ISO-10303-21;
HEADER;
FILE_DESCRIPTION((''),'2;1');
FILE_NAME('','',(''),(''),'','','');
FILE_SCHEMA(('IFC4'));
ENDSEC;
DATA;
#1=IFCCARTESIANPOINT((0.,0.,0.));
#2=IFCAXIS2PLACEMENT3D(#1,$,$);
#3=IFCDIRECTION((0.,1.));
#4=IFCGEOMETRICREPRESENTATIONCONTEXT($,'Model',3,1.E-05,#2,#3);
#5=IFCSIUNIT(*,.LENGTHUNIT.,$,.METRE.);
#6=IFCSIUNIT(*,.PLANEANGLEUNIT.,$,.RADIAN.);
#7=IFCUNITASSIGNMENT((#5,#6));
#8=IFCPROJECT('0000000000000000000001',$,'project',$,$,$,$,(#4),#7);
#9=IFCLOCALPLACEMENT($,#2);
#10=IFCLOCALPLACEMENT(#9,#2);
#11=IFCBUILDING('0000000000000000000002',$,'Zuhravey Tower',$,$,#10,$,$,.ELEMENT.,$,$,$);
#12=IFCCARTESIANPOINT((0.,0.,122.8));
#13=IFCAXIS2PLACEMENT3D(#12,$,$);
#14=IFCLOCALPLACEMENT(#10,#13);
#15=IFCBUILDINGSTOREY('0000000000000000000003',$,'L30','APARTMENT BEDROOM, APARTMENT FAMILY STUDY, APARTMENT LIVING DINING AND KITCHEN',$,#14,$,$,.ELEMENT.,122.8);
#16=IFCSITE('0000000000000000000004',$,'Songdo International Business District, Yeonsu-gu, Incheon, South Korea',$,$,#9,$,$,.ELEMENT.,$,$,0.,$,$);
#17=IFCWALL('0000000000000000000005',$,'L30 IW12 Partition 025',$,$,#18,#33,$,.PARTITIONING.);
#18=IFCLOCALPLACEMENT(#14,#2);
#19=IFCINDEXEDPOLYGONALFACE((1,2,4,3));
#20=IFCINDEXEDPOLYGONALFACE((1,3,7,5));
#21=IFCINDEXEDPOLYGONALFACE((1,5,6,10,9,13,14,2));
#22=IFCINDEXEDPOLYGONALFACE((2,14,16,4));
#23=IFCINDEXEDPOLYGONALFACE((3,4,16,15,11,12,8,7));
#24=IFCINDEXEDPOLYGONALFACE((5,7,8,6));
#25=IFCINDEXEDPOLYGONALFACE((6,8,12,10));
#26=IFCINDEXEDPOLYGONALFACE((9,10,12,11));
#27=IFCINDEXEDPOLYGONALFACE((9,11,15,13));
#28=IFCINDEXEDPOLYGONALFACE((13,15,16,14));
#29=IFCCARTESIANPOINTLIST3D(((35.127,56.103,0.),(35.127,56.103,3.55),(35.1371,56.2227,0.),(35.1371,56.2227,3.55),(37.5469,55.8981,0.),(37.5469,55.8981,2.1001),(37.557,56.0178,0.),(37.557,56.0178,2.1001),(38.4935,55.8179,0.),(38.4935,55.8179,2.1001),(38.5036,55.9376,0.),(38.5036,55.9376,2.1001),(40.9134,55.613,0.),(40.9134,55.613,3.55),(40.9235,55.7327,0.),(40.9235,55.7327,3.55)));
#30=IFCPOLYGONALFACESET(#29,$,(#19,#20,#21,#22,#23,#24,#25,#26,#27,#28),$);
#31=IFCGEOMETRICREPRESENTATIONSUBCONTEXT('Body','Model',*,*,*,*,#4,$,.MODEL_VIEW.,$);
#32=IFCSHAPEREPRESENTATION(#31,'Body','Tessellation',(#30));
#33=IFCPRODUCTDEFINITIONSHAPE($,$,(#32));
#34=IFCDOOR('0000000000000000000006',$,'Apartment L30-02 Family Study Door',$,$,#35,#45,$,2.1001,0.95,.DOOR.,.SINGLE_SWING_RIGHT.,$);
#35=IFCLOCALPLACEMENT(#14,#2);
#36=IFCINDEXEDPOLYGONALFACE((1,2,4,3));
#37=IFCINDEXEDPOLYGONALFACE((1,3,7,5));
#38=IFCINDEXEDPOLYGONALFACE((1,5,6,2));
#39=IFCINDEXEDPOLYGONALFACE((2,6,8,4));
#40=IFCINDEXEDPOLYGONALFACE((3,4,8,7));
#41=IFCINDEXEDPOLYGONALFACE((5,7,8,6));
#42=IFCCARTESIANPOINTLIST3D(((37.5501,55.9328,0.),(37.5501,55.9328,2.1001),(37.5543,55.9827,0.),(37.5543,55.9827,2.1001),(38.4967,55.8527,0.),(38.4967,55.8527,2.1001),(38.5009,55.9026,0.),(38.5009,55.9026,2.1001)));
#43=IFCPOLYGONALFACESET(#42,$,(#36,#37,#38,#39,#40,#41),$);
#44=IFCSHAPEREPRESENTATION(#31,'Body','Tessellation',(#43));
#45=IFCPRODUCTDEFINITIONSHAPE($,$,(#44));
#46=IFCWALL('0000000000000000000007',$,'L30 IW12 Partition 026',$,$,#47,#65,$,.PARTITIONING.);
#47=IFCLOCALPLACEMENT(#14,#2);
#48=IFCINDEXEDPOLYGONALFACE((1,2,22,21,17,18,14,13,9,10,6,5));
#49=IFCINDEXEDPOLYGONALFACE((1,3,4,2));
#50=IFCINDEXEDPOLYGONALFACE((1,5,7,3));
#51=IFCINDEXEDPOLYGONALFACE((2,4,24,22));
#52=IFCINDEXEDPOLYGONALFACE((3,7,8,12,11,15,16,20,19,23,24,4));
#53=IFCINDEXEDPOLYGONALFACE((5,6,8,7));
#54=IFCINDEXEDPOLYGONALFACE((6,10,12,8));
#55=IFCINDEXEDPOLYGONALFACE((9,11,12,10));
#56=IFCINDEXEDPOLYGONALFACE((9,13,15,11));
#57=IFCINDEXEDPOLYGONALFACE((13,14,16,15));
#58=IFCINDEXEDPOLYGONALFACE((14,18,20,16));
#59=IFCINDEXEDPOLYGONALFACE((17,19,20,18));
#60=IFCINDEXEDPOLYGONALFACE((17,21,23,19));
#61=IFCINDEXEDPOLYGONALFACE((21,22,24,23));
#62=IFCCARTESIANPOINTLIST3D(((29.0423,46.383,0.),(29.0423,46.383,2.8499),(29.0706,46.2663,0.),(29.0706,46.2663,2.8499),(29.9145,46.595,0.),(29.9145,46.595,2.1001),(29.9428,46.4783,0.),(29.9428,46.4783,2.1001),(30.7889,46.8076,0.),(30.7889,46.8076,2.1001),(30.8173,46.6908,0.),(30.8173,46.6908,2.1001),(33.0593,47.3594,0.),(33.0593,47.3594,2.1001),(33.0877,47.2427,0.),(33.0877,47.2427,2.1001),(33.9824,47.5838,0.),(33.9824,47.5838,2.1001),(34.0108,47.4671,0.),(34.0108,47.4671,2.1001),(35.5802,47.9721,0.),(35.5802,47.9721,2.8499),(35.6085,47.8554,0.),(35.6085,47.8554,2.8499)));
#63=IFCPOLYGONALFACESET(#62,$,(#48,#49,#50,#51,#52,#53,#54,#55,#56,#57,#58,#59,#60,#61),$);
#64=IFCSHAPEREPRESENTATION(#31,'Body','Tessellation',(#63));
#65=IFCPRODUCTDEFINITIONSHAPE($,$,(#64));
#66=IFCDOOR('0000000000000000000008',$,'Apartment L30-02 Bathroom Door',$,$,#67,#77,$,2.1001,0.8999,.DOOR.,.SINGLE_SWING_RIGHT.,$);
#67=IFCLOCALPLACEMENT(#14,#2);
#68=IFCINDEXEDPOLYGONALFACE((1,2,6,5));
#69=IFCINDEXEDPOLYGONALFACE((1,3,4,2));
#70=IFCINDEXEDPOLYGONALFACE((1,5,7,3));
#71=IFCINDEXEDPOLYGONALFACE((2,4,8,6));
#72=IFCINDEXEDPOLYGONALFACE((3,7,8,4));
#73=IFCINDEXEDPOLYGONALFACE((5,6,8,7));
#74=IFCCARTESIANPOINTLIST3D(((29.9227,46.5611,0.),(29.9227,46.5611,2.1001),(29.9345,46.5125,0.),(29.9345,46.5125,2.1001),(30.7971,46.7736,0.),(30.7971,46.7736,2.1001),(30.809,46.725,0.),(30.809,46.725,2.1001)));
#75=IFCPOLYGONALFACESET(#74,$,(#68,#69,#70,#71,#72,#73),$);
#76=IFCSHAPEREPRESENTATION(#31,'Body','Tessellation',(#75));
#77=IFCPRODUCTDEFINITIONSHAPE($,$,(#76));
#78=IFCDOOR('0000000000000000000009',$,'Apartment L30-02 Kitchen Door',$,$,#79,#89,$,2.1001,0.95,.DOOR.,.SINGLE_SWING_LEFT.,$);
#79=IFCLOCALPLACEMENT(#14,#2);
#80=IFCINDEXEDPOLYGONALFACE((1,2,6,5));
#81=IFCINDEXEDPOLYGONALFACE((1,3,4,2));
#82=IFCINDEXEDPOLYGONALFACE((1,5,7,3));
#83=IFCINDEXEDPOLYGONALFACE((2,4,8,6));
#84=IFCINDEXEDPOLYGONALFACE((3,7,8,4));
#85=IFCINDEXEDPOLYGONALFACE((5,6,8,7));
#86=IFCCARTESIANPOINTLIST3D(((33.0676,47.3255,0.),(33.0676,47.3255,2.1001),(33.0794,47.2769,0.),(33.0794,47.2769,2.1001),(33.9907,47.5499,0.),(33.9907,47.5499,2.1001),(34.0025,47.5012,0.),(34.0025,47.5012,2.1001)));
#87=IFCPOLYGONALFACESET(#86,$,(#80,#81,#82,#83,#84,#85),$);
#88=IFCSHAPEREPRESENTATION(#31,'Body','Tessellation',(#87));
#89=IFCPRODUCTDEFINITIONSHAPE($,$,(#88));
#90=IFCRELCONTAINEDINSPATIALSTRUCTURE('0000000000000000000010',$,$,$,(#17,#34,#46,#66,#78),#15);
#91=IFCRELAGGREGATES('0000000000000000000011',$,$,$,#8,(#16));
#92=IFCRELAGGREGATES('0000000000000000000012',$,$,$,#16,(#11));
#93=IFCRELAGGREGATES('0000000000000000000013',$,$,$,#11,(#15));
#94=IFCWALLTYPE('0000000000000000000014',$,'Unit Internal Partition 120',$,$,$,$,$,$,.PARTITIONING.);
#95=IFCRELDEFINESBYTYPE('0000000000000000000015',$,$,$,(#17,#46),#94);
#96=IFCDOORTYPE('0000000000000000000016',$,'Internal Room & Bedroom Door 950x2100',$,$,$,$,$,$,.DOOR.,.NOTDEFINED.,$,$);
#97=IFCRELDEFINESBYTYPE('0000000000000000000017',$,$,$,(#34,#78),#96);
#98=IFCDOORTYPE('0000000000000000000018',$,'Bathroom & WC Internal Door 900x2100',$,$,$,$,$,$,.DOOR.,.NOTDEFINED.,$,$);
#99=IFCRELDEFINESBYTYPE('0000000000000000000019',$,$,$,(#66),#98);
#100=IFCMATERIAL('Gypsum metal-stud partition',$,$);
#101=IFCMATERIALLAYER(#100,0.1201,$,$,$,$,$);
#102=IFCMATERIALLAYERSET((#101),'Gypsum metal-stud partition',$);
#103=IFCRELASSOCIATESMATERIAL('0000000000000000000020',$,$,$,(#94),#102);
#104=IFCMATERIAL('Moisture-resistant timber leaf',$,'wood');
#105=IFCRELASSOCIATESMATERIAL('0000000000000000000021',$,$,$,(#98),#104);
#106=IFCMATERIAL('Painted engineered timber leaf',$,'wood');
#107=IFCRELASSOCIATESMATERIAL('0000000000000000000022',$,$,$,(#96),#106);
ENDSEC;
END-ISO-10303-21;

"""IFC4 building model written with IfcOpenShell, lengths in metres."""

from ifc_helpers import new_model, si_unit, direction, frame, frame_2d, origin, place, context, subcontext, project, spatial, rectangle, extrude, material, layer, layer_set, type_object, element, fill, save


model = new_model("IFC4")

# Units and contexts
model_context = context("Model", 3, precision=1e-05, world=origin(), true_north=direction((0.0, 1.0)))
body_context = subcontext(model_context, "Body", "Model", "MODEL_VIEW")
ifc_project = project(units=[si_unit("LENGTHUNIT", "METRE"), si_unit("PLANEANGLEUNIT", "RADIAN")], contexts=[model_context])

# Site, building, storey
site_placement = place(None, origin())
site = spatial("IfcSite", under=ifc_project, at=site_placement, Name="Songdo International Business District, Yeonsu-gu, Incheon, South Korea", CompositionType="ELEMENT", RefElevation=0.0)
building_placement = place(site_placement, origin())
building = spatial("IfcBuilding", under=site, at=building_placement, Name="Zuhravey Tower", CompositionType="ELEMENT")
storey_placement = place(building_placement, frame((0.0, 0.0, 122.8)))
storey = spatial("IfcBuildingStorey", under=building, at=storey_placement, Name="L30", Description="APARTMENT BEDROOM, APARTMENT FAMILY STUDY, APARTMENT LIVING DINING AND KITCHEN", CompositionType="ELEMENT", Elevation=122.8)

# Wall, opening, door
ifc_material_1 = material(Name="Gypsum metal-stud partition")
ifc_layer_1 = layer(ifc_material_1, 0.1201)
ifc_layer_set_1 = layer_set([ifc_layer_1], Name="Gypsum metal-stud partition")
wall_type_1 = type_object("IfcWallType", Name="Unit Internal Partition 120", PredefinedType="PARTITIONING", material=ifc_layer_set_1)
ifc_material_2 = material(Name="Moisture-resistant timber leaf", Category="wood")
door_type_1 = type_object("IfcDoorType", Name="Bathroom & WC Internal Door 900x2100", OperationType="NOTDEFINED", PredefinedType="DOOR", material=ifc_material_2)
wall_1_placement = place(storey_placement, frame((40.9185, 55.6729, 0.0), z_axis=(0.0, 0.0, 1.0), x_axis=(-0.996434, 0.084378, 0.0)))
wall_1 = element("IfcWall", 1, at=wall_1_placement, inside=storey, type_object=wall_type_1, Name="L30 IW12 Partition 025", PredefinedType="PARTITIONING", context=body_context, shape_type="SweptSolid", body=[
    extrude(rectangle(XDim=5.8071, YDim=0.1201, at=frame_2d((2.9036, 0.0))), origin(), (0.0, 0.0, 1.0), 3.55),
])
opening_1_placement = place(wall_1_placement, frame((2.4285, 0.0, 0.0)))
opening_1 = element("IfcOpeningElement", 2, at=opening_1_placement, cuts=wall_1, PredefinedType="OPENING", context=body_context, shape_type="SweptSolid", body=[
    extrude(rectangle(XDim=0.95, YDim=2.1001, at=frame_2d((0.4751, 1.05))), frame((0.0, 0.072, 0.0), z_axis=(0.0, -1.0, 0.0), x_axis=(1.0, 0.0, 0.0)), (0.0, 0.0, 1.0), 0.144),
])
ifc_material_3 = material(Name="Painted engineered timber leaf", Category="wood")
door_type_2 = type_object("IfcDoorType", Name="Internal Room & Bedroom Door 950x2100", OperationType="NOTDEFINED", PredefinedType="DOOR", material=ifc_material_3)
door_1_placement = place(opening_1_placement, frame((0.95, 0.0, 0.0), z_axis=(0.0, 0.0, 1.0), x_axis=(-1.0, 0.0, 0.0)))
door_1 = element("IfcDoor", 3, at=door_1_placement, inside=storey, type_object=door_type_2, Name="Apartment L30-02 Family Study Door", OperationType="SINGLE_SWING_RIGHT", OverallHeight=2.1001, OverallWidth=0.95, PredefinedType="DOOR", context=body_context, shape_type="SweptSolid", body=[
    extrude(rectangle(XDim=0.95, YDim=2.1001, at=frame_2d((0.4751, 1.05))), frame((0.0, 0.0249, 0.0), z_axis=(0.0, -1.0, 0.0), x_axis=(1.0, 0.0, 0.0)), (0.0, 0.0, 1.0), 0.05),
])
fill(opening_1, door_1)

# Wall, openings, doors
wall_2_placement = place(storey_placement, frame((35.5945, 47.9138, 0.0), z_axis=(0.0, 0.0, 1.0), x_axis=(-0.971708, -0.236187, 0.0)))
wall_2 = element("IfcWall", 4, at=wall_2_placement, inside=storey, type_object=wall_type_1, Name="L30 IW12 Partition 026", PredefinedType="PARTITIONING", context=body_context, shape_type="SweptSolid", body=[
    extrude(rectangle(XDim=6.7283, YDim=0.1201, at=frame_2d((3.3643, 0.0))), origin(), (0.0, 0.0, 1.0), 2.8499),
])
opening_2_placement = place(wall_2_placement, frame((1.6443, 0.0, 0.0)))
opening_2 = element("IfcOpeningElement", 5, at=opening_2_placement, cuts=wall_2, PredefinedType="OPENING", context=body_context, shape_type="SweptSolid", body=[
    extrude(rectangle(XDim=0.95, YDim=2.1001, at=frame_2d((0.4751, 1.05))), frame((0.0, 0.072, 0.0), z_axis=(0.0, -1.0, 0.0), x_axis=(1.0, 0.0, 0.0)), (0.0, 0.0, 1.0), 0.144),
])
opening_3_placement = place(wall_2_placement, frame((4.9309, 0.0, 0.0)))
opening_3 = element("IfcOpeningElement", 6, at=opening_3_placement, cuts=wall_2, PredefinedType="OPENING", context=body_context, shape_type="SweptSolid", body=[
    extrude(rectangle(XDim=0.8999, YDim=2.1001, at=frame_2d((0.45, 1.05))), frame((0.0, 0.072, 0.0), z_axis=(0.0, -1.0, 0.0), x_axis=(1.0, 0.0, 0.0)), (0.0, 0.0, 1.0), 0.144),
])
door_2_placement = place(opening_3_placement, origin())
door_2 = element("IfcDoor", 7, at=door_2_placement, inside=storey, type_object=door_type_1, Name="Apartment L30-02 Bathroom Door", OperationType="SINGLE_SWING_RIGHT", OverallHeight=2.1001, OverallWidth=0.8999, PredefinedType="DOOR", context=body_context, shape_type="SweptSolid", body=[
    extrude(rectangle(XDim=0.8999, YDim=2.1001, at=frame_2d((0.45, 1.05))), frame((0.0, 0.0249, 0.0), z_axis=(0.0, -1.0, 0.0), x_axis=(1.0, 0.0, 0.0)), (0.0, 0.0, 1.0), 0.05),
])
fill(opening_3, door_2)
door_3_placement = place(opening_2_placement, origin())
door_3 = element("IfcDoor", 8, at=door_3_placement, inside=storey, type_object=door_type_2, Name="Apartment L30-02 Kitchen Door", OperationType="SINGLE_SWING_LEFT", OverallHeight=2.1001, OverallWidth=0.95, PredefinedType="DOOR", context=body_context, shape_type="SweptSolid", body=[
    extrude(rectangle(XDim=0.95, YDim=2.1001, at=frame_2d((0.4751, 1.05))), frame((0.0, 0.0249, 0.0), z_axis=(0.0, -1.0, 0.0), x_axis=(1.0, 0.0, 0.0)), (0.0, 0.0, 1.0), 0.05),
])
fill(opening_2, door_3)

save(model, "model.ifc")
